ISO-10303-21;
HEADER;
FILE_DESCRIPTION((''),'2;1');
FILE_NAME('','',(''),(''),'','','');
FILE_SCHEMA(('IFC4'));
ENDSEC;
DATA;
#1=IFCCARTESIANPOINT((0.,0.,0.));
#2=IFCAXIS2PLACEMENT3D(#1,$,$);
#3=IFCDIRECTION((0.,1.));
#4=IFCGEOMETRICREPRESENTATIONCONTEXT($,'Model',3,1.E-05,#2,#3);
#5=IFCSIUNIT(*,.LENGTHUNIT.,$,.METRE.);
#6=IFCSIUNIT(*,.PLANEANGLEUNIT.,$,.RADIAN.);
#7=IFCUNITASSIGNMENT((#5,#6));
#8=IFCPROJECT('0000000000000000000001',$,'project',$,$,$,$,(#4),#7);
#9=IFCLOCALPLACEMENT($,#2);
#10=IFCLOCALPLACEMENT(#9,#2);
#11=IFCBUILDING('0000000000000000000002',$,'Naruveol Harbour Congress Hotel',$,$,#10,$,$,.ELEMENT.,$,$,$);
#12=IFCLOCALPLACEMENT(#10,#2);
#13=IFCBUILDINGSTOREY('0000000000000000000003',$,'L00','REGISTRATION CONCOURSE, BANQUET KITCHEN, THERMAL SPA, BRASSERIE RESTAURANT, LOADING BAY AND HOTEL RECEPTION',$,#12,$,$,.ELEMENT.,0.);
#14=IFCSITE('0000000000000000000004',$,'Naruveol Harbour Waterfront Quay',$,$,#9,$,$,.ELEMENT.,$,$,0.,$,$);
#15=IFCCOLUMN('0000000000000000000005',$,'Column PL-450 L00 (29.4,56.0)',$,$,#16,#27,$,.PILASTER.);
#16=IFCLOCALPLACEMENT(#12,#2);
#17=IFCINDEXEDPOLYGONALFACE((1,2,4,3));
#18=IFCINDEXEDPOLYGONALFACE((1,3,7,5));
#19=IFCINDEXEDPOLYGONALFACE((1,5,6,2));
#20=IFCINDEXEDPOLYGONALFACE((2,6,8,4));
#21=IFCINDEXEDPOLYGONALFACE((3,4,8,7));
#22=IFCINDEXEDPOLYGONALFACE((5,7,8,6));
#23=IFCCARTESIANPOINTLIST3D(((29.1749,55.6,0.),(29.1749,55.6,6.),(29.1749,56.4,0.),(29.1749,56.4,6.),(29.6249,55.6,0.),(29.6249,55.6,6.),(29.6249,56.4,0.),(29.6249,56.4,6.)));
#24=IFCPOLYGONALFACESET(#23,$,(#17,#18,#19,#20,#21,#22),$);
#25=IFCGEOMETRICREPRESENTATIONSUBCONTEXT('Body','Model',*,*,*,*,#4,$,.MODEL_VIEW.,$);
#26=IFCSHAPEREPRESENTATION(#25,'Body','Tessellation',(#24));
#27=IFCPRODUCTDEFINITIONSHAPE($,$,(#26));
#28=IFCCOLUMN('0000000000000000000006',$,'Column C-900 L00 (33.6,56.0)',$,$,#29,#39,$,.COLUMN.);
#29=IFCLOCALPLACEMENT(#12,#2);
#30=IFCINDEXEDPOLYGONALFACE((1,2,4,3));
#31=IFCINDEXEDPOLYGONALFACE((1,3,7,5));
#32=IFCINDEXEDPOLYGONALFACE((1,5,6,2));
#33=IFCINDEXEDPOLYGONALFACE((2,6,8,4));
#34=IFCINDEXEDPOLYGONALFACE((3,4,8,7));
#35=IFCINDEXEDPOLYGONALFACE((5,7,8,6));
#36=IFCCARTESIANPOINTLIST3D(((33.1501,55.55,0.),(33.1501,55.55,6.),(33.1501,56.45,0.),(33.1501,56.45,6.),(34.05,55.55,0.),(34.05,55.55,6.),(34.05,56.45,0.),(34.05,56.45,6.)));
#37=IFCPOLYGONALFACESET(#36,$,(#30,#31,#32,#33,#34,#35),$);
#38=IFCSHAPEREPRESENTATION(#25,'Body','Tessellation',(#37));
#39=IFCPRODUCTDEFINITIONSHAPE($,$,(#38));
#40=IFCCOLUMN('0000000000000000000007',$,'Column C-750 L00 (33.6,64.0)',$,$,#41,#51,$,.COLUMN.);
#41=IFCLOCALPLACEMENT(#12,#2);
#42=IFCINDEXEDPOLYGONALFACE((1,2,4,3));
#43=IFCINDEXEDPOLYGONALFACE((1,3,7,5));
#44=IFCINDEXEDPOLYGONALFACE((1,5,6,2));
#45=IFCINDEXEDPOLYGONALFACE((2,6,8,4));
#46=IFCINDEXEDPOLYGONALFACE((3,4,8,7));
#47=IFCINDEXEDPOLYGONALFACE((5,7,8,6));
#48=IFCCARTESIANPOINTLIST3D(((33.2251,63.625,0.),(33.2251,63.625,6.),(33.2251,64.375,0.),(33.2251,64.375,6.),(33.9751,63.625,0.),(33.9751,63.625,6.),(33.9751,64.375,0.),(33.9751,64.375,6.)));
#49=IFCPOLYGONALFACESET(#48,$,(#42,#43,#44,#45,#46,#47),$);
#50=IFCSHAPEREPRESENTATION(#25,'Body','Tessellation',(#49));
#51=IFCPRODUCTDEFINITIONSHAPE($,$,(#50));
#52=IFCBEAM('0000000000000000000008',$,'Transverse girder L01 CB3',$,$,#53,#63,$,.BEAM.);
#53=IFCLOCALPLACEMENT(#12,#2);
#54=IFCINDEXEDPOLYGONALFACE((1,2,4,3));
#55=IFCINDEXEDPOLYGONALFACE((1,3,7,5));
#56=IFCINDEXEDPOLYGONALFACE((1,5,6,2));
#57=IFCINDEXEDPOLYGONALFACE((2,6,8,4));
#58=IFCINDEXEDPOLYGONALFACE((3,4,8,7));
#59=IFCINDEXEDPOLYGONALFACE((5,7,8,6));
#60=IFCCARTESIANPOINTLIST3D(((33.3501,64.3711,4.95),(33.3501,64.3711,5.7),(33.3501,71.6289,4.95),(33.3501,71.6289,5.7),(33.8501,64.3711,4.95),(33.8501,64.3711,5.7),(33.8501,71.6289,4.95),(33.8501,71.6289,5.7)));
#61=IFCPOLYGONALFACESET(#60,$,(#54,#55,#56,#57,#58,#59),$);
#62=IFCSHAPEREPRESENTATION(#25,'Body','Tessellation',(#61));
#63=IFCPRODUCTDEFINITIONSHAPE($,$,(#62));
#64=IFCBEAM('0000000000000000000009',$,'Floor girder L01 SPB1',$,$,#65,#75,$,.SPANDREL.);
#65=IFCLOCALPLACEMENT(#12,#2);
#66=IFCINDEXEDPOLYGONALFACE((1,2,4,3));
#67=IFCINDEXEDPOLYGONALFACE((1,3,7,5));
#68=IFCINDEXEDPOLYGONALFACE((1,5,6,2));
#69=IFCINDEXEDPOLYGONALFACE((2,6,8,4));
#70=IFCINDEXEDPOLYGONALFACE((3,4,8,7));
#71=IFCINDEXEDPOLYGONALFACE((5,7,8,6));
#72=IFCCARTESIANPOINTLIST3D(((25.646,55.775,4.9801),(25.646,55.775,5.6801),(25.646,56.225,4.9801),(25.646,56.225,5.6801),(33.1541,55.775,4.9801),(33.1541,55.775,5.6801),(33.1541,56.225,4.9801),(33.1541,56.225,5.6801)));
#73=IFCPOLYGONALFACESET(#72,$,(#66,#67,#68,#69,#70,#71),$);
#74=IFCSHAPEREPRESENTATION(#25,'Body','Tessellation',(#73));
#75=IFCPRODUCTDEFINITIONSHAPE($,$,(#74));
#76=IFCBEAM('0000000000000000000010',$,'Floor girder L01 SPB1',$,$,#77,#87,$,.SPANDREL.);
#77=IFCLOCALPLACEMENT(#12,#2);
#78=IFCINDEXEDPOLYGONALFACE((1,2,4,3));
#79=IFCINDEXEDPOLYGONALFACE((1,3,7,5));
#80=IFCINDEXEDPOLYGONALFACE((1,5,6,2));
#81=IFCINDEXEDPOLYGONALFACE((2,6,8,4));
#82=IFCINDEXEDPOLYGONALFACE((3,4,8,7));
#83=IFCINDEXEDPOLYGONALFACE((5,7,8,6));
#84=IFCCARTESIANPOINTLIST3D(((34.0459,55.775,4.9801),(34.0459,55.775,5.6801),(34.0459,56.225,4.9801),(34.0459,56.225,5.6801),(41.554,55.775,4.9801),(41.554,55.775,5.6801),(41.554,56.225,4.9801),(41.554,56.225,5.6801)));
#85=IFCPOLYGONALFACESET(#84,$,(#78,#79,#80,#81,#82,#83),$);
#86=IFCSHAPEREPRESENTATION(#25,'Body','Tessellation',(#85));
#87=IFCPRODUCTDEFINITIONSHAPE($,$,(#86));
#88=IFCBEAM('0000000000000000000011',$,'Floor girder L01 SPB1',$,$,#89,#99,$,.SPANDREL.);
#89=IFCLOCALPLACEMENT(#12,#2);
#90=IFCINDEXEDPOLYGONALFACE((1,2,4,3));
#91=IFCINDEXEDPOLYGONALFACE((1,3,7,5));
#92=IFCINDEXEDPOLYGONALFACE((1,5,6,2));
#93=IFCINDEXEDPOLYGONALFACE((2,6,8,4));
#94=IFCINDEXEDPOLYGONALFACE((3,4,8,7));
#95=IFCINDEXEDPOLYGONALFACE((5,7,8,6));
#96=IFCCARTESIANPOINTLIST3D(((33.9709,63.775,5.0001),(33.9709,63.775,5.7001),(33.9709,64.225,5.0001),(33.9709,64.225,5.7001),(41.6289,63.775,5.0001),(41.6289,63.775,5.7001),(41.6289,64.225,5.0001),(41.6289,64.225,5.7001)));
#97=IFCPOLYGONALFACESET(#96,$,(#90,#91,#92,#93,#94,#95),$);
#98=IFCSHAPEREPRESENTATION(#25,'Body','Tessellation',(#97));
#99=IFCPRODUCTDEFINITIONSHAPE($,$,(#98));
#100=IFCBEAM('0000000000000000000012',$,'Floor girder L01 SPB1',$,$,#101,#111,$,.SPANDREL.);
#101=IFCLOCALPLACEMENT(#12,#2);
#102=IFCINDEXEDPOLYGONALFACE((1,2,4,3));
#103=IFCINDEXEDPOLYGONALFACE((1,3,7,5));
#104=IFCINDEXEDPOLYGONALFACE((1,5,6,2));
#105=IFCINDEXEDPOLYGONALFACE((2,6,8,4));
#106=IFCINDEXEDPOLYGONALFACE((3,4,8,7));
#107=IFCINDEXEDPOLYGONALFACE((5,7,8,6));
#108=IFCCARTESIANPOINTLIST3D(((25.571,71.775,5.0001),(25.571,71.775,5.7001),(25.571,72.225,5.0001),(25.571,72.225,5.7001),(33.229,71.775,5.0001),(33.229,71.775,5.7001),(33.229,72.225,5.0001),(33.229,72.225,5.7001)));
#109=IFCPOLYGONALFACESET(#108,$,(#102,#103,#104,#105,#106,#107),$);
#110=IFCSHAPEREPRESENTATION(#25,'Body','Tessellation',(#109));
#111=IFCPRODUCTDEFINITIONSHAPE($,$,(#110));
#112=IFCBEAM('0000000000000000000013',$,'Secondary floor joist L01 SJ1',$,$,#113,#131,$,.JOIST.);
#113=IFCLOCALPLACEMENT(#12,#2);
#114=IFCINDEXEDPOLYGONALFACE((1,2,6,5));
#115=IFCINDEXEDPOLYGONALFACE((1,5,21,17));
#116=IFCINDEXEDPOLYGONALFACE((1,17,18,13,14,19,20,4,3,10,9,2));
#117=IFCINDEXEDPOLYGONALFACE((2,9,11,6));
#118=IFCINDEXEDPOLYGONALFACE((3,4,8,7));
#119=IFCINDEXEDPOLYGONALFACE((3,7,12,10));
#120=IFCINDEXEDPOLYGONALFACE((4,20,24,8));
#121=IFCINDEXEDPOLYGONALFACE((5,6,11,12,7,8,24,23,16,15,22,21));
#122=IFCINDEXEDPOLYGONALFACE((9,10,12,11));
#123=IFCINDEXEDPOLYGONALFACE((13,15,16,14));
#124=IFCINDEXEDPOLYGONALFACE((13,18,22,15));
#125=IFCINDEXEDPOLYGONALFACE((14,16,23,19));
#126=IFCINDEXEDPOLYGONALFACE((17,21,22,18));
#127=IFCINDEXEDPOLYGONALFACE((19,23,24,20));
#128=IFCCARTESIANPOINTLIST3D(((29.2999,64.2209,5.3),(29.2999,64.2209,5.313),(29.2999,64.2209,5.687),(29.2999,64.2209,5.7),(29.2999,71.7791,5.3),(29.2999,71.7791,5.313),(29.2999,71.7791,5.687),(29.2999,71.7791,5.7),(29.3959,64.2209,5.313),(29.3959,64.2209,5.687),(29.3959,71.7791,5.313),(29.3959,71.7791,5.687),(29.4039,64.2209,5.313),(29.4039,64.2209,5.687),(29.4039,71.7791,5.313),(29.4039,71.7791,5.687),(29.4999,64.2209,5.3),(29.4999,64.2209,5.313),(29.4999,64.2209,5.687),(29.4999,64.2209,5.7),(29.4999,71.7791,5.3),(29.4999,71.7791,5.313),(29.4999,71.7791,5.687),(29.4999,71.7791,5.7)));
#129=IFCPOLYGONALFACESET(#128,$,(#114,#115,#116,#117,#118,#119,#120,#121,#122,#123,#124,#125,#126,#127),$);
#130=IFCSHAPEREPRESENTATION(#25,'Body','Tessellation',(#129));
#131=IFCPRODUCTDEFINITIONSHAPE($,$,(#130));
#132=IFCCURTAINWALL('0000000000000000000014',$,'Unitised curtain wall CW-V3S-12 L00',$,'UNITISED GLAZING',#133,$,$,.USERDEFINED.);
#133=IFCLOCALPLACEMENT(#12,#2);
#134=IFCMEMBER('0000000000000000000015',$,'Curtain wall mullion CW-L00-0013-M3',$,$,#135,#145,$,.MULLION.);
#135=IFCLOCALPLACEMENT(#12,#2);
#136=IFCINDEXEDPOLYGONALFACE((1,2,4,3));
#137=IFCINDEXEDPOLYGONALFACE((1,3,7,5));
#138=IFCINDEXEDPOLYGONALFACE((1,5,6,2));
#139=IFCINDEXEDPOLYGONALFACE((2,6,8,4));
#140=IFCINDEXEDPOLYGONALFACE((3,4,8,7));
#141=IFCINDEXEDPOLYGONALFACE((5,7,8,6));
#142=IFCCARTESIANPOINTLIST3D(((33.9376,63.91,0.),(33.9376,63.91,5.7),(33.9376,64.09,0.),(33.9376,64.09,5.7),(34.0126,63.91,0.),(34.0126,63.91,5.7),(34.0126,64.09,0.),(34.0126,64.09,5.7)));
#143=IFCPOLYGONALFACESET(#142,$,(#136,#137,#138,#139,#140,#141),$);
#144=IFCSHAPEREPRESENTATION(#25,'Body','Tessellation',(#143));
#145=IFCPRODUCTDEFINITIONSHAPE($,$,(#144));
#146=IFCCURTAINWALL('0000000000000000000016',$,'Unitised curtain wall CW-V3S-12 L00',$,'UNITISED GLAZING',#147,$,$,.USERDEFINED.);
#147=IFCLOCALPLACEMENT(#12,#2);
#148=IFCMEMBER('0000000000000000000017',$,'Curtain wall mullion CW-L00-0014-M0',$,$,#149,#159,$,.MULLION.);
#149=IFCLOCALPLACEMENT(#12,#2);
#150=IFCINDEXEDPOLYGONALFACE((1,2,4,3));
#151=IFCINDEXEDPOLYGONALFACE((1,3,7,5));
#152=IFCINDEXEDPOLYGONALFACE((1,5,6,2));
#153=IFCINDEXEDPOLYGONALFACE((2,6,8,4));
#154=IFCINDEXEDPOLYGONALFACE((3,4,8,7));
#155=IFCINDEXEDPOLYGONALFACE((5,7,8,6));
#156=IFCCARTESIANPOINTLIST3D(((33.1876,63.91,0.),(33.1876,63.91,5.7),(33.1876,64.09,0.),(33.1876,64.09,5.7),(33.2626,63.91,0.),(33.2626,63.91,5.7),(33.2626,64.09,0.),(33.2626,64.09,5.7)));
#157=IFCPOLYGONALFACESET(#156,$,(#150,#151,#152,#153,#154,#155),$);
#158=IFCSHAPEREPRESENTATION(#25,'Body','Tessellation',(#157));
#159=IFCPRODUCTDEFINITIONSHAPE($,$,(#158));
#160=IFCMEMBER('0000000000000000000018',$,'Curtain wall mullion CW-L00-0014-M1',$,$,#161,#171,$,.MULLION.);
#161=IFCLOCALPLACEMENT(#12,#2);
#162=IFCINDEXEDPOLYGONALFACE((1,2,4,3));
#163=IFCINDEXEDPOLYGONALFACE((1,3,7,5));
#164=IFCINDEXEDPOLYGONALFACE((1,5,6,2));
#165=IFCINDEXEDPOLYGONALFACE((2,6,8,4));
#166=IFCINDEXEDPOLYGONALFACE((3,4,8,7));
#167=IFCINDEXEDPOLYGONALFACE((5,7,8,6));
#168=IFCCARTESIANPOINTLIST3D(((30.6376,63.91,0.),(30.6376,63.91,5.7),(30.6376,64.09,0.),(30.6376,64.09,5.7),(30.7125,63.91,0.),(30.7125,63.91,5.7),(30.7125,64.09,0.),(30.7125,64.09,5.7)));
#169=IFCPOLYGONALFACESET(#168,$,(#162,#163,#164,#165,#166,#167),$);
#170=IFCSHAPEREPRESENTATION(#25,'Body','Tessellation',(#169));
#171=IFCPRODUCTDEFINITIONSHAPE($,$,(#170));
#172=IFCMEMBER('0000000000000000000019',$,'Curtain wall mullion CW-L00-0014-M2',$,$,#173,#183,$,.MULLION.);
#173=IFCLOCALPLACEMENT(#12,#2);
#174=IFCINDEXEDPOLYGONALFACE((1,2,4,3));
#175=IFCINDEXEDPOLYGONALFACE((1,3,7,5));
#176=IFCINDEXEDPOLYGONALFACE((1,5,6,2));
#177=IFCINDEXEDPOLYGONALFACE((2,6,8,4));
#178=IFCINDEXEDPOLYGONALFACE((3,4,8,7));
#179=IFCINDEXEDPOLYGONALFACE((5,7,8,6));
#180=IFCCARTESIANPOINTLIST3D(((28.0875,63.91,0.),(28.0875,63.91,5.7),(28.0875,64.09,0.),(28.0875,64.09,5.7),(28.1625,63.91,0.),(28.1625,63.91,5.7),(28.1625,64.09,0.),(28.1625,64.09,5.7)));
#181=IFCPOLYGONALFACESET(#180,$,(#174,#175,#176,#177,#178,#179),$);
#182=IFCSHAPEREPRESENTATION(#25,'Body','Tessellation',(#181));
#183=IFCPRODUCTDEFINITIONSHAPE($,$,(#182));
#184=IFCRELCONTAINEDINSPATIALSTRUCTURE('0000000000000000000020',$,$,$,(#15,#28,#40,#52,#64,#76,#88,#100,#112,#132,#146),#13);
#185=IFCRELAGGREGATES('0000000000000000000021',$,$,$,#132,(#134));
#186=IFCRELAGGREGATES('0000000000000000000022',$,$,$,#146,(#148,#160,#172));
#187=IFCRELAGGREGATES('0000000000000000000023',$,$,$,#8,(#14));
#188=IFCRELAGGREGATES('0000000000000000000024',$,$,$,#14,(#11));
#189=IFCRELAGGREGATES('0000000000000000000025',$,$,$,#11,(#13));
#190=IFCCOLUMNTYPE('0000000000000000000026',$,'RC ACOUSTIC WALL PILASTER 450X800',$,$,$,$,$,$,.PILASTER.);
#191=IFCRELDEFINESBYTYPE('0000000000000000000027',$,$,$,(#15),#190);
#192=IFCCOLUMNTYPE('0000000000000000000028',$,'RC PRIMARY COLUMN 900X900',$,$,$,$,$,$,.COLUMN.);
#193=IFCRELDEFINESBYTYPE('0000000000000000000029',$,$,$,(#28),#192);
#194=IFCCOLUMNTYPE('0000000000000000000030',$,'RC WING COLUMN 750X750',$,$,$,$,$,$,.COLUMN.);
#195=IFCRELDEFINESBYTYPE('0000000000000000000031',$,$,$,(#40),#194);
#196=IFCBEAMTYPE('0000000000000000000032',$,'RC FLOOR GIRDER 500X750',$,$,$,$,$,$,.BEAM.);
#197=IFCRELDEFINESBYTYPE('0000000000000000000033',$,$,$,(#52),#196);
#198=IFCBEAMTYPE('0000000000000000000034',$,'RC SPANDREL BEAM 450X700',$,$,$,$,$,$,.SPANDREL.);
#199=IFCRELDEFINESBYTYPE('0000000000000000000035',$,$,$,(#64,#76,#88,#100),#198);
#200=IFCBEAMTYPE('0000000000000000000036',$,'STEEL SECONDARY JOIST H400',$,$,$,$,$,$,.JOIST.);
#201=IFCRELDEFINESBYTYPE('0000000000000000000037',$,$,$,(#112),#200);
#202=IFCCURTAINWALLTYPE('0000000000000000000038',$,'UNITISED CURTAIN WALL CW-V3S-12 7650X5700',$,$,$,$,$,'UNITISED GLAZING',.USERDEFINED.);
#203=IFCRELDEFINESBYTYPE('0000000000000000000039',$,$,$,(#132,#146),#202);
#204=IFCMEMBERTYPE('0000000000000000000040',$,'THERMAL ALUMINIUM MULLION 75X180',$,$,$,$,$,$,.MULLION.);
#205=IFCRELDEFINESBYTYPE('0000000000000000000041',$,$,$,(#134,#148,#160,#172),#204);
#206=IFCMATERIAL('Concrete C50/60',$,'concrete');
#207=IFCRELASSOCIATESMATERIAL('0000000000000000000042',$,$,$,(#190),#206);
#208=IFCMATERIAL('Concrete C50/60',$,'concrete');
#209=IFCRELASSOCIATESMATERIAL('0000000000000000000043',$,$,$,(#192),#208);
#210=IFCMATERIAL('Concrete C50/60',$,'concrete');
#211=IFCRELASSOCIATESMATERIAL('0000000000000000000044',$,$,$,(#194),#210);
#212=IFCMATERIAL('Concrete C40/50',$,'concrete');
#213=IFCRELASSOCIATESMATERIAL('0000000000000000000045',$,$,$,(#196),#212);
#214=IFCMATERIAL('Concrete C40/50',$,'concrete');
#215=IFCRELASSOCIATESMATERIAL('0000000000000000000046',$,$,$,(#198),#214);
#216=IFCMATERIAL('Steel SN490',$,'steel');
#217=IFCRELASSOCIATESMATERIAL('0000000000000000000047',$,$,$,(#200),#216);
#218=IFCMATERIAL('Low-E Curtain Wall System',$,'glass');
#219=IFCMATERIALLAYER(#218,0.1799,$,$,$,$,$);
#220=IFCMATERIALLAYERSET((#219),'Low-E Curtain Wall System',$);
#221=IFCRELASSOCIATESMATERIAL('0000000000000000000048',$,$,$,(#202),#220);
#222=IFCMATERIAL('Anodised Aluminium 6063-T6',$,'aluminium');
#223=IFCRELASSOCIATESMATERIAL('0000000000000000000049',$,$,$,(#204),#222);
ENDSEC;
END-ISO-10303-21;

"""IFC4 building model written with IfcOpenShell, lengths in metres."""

from ifc_helpers import new_model, si_unit, direction, frame, origin, origin_2d, place, context, subcontext, project, spatial, rectangle, i_section, extrude, material, layer, layer_set, material_profile, profile_set, type_object, element, aggregate, save


model = new_model("IFC4")

# Units and contexts
model_context = context("Model", 3, precision=1e-05, world=origin(), true_north=direction((0.0, 1.0)))
body_context = subcontext(model_context, "Body", "Model", "MODEL_VIEW")
ifc_project = project(units=[si_unit("LENGTHUNIT", "METRE"), si_unit("PLANEANGLEUNIT", "RADIAN")], contexts=[model_context])

# Site, building, storey
site_placement = place(None, origin())
site = spatial("IfcSite", under=ifc_project, at=site_placement, Name="Naruveol Harbour Waterfront Quay", CompositionType="ELEMENT", RefElevation=0.0)
building_placement = place(site_placement, origin())
building = spatial("IfcBuilding", under=site, at=building_placement, Name="Naruveol Harbour Congress Hotel", CompositionType="ELEMENT")
storey_placement = place(building_placement, origin())
storey = spatial("IfcBuildingStorey", under=building, at=storey_placement, Name="L00", Description="REGISTRATION CONCOURSE, BANQUET KITCHEN, THERMAL SPA, BRASSERIE RESTAURANT, LOADING BAY AND HOTEL RECEPTION", CompositionType="ELEMENT", Elevation=0.0)

# Columns
ifc_material_1 = material(Name="Concrete C50/60", Category="concrete")
ifc_material_profile_1 = material_profile(ifc_material_1, rectangle(XDim=0.45, YDim=0.8, at=origin_2d()), Name="RC-450x800")
ifc_profile_set_1 = profile_set([ifc_material_profile_1], Name="Concrete C50/60")
column_type_1 = type_object("IfcColumnType", Name="RC ACOUSTIC WALL PILASTER 450X800", PredefinedType="PILASTER", material=ifc_profile_set_1)
column_1_placement = place(storey_placement, frame((29.3999, 56.0, 0.0), z_axis=(0.0, 0.0, 1.0), x_axis=(1.0, 0.0, 0.0)))
element("IfcColumn", 1, at=column_1_placement, inside=storey, type_object=column_type_1, Name="Column PL-450 L00 (29.4,56.0)", PredefinedType="PILASTER", context=body_context, shape_type="SweptSolid", body=[
    extrude(rectangle(XDim=0.45, YDim=0.8, at=origin_2d()), origin(), (0.0, 0.0, 1.0), 6.0),
])
ifc_material_2 = material(Name="Concrete C50/60", Category="concrete")
ifc_material_profile_2 = material_profile(ifc_material_2, rectangle(XDim=0.8999, YDim=0.8999, at=origin_2d()), Name="RC-900x900")
ifc_profile_set_2 = profile_set([ifc_material_profile_2], Name="Concrete C50/60")
column_type_2 = type_object("IfcColumnType", Name="RC PRIMARY COLUMN 900X900", PredefinedType="COLUMN", material=ifc_profile_set_2)
column_2_placement = place(storey_placement, frame((33.6001, 56.0, 0.0), z_axis=(0.0, 0.0, 1.0), x_axis=(1.0, 0.0, 0.0)))
element("IfcColumn", 2, at=column_2_placement, inside=storey, type_object=column_type_2, Name="Column C-900 L00 (33.6,56.0)", PredefinedType="COLUMN", context=body_context, shape_type="SweptSolid", body=[
    extrude(rectangle(XDim=0.8999, YDim=0.8999, at=origin_2d()), origin(), (0.0, 0.0, 1.0), 6.0),
])
ifc_material_3 = material(Name="Concrete C50/60", Category="concrete")
ifc_material_profile_3 = material_profile(ifc_material_3, rectangle(XDim=0.75, YDim=0.75, at=origin_2d()), Name="RC-750x750")
ifc_profile_set_3 = profile_set([ifc_material_profile_3], Name="Concrete C50/60")
column_type_3 = type_object("IfcColumnType", Name="RC WING COLUMN 750X750", PredefinedType="COLUMN", material=ifc_profile_set_3)
column_3_placement = place(storey_placement, frame((33.6001, 64.0, 0.0), z_axis=(0.0, 0.0, 1.0), x_axis=(1.0, 0.0, 0.0)))
element("IfcColumn", 3, at=column_3_placement, inside=storey, type_object=column_type_3, Name="Column C-750 L00 (33.6,64.0)", PredefinedType="COLUMN", context=body_context, shape_type="SweptSolid", body=[
    extrude(rectangle(XDim=0.75, YDim=0.75, at=origin_2d()), origin(), (0.0, 0.0, 1.0), 6.0),
])

# Beams
ifc_material_4 = material(Name="Concrete C40/50", Category="concrete")
ifc_material_profile_4 = material_profile(ifc_material_4, rectangle(XDim=0.5, YDim=0.75, at=origin_2d()), Name="RCB-500x750")
ifc_profile_set_4 = profile_set([ifc_material_profile_4], Name="Concrete C40/50")
beam_type_1 = type_object("IfcBeamType", Name="RC FLOOR GIRDER 500X750", PredefinedType="BEAM", material=ifc_profile_set_4)
beam_1_placement = place(storey_placement, frame((33.6001, 64.3711, 5.325), z_axis=(0.0, 1.0, 0.0), x_axis=(-1.0, 0.0, 0.0)))
element("IfcBeam", 4, at=beam_1_placement, inside=storey, type_object=beam_type_1, Name="Transverse girder L01 CB3", PredefinedType="BEAM", context=body_context, shape_type="SweptSolid", body=[
    extrude(rectangle(XDim=0.5, YDim=0.75, at=origin_2d()), origin(), (0.0, 0.0, 1.0), 7.2578),
])
ifc_material_5 = material(Name="Concrete C40/50", Category="concrete")
ifc_material_profile_5 = material_profile(ifc_material_5, rectangle(XDim=0.45, YDim=0.7, at=origin_2d()), Name="RCB-450x700")
ifc_profile_set_5 = profile_set([ifc_material_profile_5], Name="Concrete C40/50")
beam_type_2 = type_object("IfcBeamType", Name="RC SPANDREL BEAM 450X700", PredefinedType="SPANDREL", material=ifc_profile_set_5)
for number, where, z_axis, x_axis, name in (
    (5, (25.646, 56.0, 5.3301), (1.0, 0.0, 0.0), (0.0, 1.0, 0.0), "Floor girder L01 SPB1"),
    (6, (34.0459, 56.0, 5.3301), (1.0, 0.0, 0.0), (0.0, 1.0, 0.0), "Floor girder L01 SPB1"),
):
    element("IfcBeam", number, at=place(storey_placement, frame(where, z_axis=z_axis, x_axis=x_axis)), inside=storey, type_object=beam_type_2, Name=name, PredefinedType="SPANDREL", context=body_context, shape_type="SweptSolid", body=[
        extrude(rectangle(XDim=0.45, YDim=0.7, at=origin_2d()), origin(), (0.0, 0.0, 1.0), 7.5081),
    ])
for number, where, z_axis, x_axis, name in (
    (7, (33.9709, 64.0, 5.3501), (1.0, 0.0, 0.0), (0.0, 1.0, 0.0), "Floor girder L01 SPB1"),
    (8, (25.571, 72.0, 5.3501), (1.0, 0.0, 0.0), (0.0, 1.0, 0.0), "Floor girder L01 SPB1"),
):
    element("IfcBeam", number, at=place(storey_placement, frame(where, z_axis=z_axis, x_axis=x_axis)), inside=storey, type_object=beam_type_2, Name=name, PredefinedType="SPANDREL", context=body_context, shape_type="SweptSolid", body=[
        extrude(rectangle(XDim=0.45, YDim=0.7, at=origin_2d()), origin(), (0.0, 0.0, 1.0), 7.658),
    ])
ifc_material_6 = material(Name="Steel SN490", Category="steel")
ifc_material_profile_6 = material_profile(ifc_material_6, i_section(OverallWidth=0.2, OverallDepth=0.3999, WebThickness=0.0081, FlangeThickness=0.0129, at=origin_2d()), Name="H-400x200x8x13")
ifc_profile_set_6 = profile_set([ifc_material_profile_6], Name="Steel SN490")
beam_type_3 = type_object("IfcBeamType", Name="STEEL SECONDARY JOIST H400", PredefinedType="JOIST", material=ifc_profile_set_6)
beam_2_placement = place(storey_placement, frame((29.3999, 64.2209, 5.5), z_axis=(0.0, 1.0, 0.0), x_axis=(-1.0, 0.0, 0.0)))
element("IfcBeam", 9, at=beam_2_placement, inside=storey, type_object=beam_type_3, Name="Secondary floor joist L01 SJ1", PredefinedType="JOIST", context=body_context, shape_type="SweptSolid", body=[
    extrude(i_section(OverallWidth=0.2, OverallDepth=0.3999, WebThickness=0.0081, FlangeThickness=0.0129, at=origin_2d()), origin(), (0.0, 0.0, 1.0), 7.5581),
])

# Curtain wall, member
ifc_material_7 = material(Name="Low-E Curtain Wall System", Category="glass")
ifc_layer_1 = layer(ifc_material_7, 0.1799)
ifc_layer_set_1 = layer_set([ifc_layer_1], Name="Low-E Curtain Wall System")
curtain_wall_type = type_object("IfcCurtainWallType", Name="UNITISED CURTAIN WALL CW-V3S-12 7650X5700", ElementType="UNITISED GLAZING", PredefinedType="USERDEFINED", material=ifc_layer_set_1)
curtain_wall_1_placement = place(storey_placement, origin())
curtain_wall_1 = element("IfcCurtainWall", 10, at=curtain_wall_1_placement, inside=storey, type_object=curtain_wall_type, Name="Unitised curtain wall CW-V3S-12 L00", ObjectType="UNITISED GLAZING", PredefinedType="USERDEFINED")
ifc_material_8 = material(Name="Anodised Aluminium 6063-T6", Category="aluminium")
ifc_material_profile_7 = material_profile(ifc_material_8, rectangle(XDim=0.075, YDim=0.1799, at=origin_2d()), Name="ALU-75x180")
ifc_profile_set_7 = profile_set([ifc_material_profile_7], Name="Anodised Aluminium 6063-T6")
member_type_1 = type_object("IfcMemberType", Name="THERMAL ALUMINIUM MULLION 75X180", PredefinedType="MULLION", material=ifc_profile_set_7)
member_1_placement = place(storey_placement, frame((33.9751, 64.0, 0.0), z_axis=(0.0, 0.0, 1.0), x_axis=(1.0, 0.0, 0.0)))
member_1 = element("IfcMember", 11, at=member_1_placement, type_object=member_type_1, Name="Curtain wall mullion CW-L00-0013-M3", PredefinedType="MULLION", context=body_context, shape_type="SweptSolid", body=[
    extrude(rectangle(XDim=0.075, YDim=0.1799, at=origin_2d()), origin(), (0.0, 0.0, 1.0), 5.7),
])

# Curtain wall, members
curtain_wall_2_placement = place(storey_placement, origin())
curtain_wall_2 = element("IfcCurtainWall", 12, at=curtain_wall_2_placement, inside=storey, type_object=curtain_wall_type, Name="Unitised curtain wall CW-V3S-12 L00", ObjectType="UNITISED GLAZING", PredefinedType="USERDEFINED")
member_2_placement = place(storey_placement, frame((33.2251, 64.0, 0.0), z_axis=(0.0, 0.0, 1.0), x_axis=(1.0, 0.0, 0.0)))
member_2 = element("IfcMember", 13, at=member_2_placement, type_object=member_type_1, Name="Curtain wall mullion CW-L00-0014-M0", PredefinedType="MULLION", context=body_context, shape_type="SweptSolid", body=[
    extrude(rectangle(XDim=0.075, YDim=0.1799, at=origin_2d()), origin(), (0.0, 0.0, 1.0), 5.7),
])
member_3_placement = place(storey_placement, frame((30.675, 64.0, 0.0), z_axis=(0.0, 0.0, 1.0), x_axis=(1.0, 0.0, 0.0)))
member_3 = element("IfcMember", 14, at=member_3_placement, type_object=member_type_1, Name="Curtain wall mullion CW-L00-0014-M1", PredefinedType="MULLION", context=body_context, shape_type="SweptSolid", body=[
    extrude(rectangle(XDim=0.075, YDim=0.1799, at=origin_2d()), origin(), (0.0, 0.0, 1.0), 5.7),
])
member_4_placement = place(storey_placement, frame((28.125, 64.0, 0.0), z_axis=(0.0, 0.0, 1.0), x_axis=(1.0, 0.0, 0.0)))
member_4 = element("IfcMember", 15, at=member_4_placement, type_object=member_type_1, Name="Curtain wall mullion CW-L00-0014-M2", PredefinedType="MULLION", context=body_context, shape_type="SweptSolid", body=[
    extrude(rectangle(XDim=0.075, YDim=0.1799, at=origin_2d()), origin(), (0.0, 0.0, 1.0), 5.7),
])

aggregate(curtain_wall_1, [member_1])
aggregate(curtain_wall_2, [member_2, member_3, member_4])

save(model, "model.ifc")
